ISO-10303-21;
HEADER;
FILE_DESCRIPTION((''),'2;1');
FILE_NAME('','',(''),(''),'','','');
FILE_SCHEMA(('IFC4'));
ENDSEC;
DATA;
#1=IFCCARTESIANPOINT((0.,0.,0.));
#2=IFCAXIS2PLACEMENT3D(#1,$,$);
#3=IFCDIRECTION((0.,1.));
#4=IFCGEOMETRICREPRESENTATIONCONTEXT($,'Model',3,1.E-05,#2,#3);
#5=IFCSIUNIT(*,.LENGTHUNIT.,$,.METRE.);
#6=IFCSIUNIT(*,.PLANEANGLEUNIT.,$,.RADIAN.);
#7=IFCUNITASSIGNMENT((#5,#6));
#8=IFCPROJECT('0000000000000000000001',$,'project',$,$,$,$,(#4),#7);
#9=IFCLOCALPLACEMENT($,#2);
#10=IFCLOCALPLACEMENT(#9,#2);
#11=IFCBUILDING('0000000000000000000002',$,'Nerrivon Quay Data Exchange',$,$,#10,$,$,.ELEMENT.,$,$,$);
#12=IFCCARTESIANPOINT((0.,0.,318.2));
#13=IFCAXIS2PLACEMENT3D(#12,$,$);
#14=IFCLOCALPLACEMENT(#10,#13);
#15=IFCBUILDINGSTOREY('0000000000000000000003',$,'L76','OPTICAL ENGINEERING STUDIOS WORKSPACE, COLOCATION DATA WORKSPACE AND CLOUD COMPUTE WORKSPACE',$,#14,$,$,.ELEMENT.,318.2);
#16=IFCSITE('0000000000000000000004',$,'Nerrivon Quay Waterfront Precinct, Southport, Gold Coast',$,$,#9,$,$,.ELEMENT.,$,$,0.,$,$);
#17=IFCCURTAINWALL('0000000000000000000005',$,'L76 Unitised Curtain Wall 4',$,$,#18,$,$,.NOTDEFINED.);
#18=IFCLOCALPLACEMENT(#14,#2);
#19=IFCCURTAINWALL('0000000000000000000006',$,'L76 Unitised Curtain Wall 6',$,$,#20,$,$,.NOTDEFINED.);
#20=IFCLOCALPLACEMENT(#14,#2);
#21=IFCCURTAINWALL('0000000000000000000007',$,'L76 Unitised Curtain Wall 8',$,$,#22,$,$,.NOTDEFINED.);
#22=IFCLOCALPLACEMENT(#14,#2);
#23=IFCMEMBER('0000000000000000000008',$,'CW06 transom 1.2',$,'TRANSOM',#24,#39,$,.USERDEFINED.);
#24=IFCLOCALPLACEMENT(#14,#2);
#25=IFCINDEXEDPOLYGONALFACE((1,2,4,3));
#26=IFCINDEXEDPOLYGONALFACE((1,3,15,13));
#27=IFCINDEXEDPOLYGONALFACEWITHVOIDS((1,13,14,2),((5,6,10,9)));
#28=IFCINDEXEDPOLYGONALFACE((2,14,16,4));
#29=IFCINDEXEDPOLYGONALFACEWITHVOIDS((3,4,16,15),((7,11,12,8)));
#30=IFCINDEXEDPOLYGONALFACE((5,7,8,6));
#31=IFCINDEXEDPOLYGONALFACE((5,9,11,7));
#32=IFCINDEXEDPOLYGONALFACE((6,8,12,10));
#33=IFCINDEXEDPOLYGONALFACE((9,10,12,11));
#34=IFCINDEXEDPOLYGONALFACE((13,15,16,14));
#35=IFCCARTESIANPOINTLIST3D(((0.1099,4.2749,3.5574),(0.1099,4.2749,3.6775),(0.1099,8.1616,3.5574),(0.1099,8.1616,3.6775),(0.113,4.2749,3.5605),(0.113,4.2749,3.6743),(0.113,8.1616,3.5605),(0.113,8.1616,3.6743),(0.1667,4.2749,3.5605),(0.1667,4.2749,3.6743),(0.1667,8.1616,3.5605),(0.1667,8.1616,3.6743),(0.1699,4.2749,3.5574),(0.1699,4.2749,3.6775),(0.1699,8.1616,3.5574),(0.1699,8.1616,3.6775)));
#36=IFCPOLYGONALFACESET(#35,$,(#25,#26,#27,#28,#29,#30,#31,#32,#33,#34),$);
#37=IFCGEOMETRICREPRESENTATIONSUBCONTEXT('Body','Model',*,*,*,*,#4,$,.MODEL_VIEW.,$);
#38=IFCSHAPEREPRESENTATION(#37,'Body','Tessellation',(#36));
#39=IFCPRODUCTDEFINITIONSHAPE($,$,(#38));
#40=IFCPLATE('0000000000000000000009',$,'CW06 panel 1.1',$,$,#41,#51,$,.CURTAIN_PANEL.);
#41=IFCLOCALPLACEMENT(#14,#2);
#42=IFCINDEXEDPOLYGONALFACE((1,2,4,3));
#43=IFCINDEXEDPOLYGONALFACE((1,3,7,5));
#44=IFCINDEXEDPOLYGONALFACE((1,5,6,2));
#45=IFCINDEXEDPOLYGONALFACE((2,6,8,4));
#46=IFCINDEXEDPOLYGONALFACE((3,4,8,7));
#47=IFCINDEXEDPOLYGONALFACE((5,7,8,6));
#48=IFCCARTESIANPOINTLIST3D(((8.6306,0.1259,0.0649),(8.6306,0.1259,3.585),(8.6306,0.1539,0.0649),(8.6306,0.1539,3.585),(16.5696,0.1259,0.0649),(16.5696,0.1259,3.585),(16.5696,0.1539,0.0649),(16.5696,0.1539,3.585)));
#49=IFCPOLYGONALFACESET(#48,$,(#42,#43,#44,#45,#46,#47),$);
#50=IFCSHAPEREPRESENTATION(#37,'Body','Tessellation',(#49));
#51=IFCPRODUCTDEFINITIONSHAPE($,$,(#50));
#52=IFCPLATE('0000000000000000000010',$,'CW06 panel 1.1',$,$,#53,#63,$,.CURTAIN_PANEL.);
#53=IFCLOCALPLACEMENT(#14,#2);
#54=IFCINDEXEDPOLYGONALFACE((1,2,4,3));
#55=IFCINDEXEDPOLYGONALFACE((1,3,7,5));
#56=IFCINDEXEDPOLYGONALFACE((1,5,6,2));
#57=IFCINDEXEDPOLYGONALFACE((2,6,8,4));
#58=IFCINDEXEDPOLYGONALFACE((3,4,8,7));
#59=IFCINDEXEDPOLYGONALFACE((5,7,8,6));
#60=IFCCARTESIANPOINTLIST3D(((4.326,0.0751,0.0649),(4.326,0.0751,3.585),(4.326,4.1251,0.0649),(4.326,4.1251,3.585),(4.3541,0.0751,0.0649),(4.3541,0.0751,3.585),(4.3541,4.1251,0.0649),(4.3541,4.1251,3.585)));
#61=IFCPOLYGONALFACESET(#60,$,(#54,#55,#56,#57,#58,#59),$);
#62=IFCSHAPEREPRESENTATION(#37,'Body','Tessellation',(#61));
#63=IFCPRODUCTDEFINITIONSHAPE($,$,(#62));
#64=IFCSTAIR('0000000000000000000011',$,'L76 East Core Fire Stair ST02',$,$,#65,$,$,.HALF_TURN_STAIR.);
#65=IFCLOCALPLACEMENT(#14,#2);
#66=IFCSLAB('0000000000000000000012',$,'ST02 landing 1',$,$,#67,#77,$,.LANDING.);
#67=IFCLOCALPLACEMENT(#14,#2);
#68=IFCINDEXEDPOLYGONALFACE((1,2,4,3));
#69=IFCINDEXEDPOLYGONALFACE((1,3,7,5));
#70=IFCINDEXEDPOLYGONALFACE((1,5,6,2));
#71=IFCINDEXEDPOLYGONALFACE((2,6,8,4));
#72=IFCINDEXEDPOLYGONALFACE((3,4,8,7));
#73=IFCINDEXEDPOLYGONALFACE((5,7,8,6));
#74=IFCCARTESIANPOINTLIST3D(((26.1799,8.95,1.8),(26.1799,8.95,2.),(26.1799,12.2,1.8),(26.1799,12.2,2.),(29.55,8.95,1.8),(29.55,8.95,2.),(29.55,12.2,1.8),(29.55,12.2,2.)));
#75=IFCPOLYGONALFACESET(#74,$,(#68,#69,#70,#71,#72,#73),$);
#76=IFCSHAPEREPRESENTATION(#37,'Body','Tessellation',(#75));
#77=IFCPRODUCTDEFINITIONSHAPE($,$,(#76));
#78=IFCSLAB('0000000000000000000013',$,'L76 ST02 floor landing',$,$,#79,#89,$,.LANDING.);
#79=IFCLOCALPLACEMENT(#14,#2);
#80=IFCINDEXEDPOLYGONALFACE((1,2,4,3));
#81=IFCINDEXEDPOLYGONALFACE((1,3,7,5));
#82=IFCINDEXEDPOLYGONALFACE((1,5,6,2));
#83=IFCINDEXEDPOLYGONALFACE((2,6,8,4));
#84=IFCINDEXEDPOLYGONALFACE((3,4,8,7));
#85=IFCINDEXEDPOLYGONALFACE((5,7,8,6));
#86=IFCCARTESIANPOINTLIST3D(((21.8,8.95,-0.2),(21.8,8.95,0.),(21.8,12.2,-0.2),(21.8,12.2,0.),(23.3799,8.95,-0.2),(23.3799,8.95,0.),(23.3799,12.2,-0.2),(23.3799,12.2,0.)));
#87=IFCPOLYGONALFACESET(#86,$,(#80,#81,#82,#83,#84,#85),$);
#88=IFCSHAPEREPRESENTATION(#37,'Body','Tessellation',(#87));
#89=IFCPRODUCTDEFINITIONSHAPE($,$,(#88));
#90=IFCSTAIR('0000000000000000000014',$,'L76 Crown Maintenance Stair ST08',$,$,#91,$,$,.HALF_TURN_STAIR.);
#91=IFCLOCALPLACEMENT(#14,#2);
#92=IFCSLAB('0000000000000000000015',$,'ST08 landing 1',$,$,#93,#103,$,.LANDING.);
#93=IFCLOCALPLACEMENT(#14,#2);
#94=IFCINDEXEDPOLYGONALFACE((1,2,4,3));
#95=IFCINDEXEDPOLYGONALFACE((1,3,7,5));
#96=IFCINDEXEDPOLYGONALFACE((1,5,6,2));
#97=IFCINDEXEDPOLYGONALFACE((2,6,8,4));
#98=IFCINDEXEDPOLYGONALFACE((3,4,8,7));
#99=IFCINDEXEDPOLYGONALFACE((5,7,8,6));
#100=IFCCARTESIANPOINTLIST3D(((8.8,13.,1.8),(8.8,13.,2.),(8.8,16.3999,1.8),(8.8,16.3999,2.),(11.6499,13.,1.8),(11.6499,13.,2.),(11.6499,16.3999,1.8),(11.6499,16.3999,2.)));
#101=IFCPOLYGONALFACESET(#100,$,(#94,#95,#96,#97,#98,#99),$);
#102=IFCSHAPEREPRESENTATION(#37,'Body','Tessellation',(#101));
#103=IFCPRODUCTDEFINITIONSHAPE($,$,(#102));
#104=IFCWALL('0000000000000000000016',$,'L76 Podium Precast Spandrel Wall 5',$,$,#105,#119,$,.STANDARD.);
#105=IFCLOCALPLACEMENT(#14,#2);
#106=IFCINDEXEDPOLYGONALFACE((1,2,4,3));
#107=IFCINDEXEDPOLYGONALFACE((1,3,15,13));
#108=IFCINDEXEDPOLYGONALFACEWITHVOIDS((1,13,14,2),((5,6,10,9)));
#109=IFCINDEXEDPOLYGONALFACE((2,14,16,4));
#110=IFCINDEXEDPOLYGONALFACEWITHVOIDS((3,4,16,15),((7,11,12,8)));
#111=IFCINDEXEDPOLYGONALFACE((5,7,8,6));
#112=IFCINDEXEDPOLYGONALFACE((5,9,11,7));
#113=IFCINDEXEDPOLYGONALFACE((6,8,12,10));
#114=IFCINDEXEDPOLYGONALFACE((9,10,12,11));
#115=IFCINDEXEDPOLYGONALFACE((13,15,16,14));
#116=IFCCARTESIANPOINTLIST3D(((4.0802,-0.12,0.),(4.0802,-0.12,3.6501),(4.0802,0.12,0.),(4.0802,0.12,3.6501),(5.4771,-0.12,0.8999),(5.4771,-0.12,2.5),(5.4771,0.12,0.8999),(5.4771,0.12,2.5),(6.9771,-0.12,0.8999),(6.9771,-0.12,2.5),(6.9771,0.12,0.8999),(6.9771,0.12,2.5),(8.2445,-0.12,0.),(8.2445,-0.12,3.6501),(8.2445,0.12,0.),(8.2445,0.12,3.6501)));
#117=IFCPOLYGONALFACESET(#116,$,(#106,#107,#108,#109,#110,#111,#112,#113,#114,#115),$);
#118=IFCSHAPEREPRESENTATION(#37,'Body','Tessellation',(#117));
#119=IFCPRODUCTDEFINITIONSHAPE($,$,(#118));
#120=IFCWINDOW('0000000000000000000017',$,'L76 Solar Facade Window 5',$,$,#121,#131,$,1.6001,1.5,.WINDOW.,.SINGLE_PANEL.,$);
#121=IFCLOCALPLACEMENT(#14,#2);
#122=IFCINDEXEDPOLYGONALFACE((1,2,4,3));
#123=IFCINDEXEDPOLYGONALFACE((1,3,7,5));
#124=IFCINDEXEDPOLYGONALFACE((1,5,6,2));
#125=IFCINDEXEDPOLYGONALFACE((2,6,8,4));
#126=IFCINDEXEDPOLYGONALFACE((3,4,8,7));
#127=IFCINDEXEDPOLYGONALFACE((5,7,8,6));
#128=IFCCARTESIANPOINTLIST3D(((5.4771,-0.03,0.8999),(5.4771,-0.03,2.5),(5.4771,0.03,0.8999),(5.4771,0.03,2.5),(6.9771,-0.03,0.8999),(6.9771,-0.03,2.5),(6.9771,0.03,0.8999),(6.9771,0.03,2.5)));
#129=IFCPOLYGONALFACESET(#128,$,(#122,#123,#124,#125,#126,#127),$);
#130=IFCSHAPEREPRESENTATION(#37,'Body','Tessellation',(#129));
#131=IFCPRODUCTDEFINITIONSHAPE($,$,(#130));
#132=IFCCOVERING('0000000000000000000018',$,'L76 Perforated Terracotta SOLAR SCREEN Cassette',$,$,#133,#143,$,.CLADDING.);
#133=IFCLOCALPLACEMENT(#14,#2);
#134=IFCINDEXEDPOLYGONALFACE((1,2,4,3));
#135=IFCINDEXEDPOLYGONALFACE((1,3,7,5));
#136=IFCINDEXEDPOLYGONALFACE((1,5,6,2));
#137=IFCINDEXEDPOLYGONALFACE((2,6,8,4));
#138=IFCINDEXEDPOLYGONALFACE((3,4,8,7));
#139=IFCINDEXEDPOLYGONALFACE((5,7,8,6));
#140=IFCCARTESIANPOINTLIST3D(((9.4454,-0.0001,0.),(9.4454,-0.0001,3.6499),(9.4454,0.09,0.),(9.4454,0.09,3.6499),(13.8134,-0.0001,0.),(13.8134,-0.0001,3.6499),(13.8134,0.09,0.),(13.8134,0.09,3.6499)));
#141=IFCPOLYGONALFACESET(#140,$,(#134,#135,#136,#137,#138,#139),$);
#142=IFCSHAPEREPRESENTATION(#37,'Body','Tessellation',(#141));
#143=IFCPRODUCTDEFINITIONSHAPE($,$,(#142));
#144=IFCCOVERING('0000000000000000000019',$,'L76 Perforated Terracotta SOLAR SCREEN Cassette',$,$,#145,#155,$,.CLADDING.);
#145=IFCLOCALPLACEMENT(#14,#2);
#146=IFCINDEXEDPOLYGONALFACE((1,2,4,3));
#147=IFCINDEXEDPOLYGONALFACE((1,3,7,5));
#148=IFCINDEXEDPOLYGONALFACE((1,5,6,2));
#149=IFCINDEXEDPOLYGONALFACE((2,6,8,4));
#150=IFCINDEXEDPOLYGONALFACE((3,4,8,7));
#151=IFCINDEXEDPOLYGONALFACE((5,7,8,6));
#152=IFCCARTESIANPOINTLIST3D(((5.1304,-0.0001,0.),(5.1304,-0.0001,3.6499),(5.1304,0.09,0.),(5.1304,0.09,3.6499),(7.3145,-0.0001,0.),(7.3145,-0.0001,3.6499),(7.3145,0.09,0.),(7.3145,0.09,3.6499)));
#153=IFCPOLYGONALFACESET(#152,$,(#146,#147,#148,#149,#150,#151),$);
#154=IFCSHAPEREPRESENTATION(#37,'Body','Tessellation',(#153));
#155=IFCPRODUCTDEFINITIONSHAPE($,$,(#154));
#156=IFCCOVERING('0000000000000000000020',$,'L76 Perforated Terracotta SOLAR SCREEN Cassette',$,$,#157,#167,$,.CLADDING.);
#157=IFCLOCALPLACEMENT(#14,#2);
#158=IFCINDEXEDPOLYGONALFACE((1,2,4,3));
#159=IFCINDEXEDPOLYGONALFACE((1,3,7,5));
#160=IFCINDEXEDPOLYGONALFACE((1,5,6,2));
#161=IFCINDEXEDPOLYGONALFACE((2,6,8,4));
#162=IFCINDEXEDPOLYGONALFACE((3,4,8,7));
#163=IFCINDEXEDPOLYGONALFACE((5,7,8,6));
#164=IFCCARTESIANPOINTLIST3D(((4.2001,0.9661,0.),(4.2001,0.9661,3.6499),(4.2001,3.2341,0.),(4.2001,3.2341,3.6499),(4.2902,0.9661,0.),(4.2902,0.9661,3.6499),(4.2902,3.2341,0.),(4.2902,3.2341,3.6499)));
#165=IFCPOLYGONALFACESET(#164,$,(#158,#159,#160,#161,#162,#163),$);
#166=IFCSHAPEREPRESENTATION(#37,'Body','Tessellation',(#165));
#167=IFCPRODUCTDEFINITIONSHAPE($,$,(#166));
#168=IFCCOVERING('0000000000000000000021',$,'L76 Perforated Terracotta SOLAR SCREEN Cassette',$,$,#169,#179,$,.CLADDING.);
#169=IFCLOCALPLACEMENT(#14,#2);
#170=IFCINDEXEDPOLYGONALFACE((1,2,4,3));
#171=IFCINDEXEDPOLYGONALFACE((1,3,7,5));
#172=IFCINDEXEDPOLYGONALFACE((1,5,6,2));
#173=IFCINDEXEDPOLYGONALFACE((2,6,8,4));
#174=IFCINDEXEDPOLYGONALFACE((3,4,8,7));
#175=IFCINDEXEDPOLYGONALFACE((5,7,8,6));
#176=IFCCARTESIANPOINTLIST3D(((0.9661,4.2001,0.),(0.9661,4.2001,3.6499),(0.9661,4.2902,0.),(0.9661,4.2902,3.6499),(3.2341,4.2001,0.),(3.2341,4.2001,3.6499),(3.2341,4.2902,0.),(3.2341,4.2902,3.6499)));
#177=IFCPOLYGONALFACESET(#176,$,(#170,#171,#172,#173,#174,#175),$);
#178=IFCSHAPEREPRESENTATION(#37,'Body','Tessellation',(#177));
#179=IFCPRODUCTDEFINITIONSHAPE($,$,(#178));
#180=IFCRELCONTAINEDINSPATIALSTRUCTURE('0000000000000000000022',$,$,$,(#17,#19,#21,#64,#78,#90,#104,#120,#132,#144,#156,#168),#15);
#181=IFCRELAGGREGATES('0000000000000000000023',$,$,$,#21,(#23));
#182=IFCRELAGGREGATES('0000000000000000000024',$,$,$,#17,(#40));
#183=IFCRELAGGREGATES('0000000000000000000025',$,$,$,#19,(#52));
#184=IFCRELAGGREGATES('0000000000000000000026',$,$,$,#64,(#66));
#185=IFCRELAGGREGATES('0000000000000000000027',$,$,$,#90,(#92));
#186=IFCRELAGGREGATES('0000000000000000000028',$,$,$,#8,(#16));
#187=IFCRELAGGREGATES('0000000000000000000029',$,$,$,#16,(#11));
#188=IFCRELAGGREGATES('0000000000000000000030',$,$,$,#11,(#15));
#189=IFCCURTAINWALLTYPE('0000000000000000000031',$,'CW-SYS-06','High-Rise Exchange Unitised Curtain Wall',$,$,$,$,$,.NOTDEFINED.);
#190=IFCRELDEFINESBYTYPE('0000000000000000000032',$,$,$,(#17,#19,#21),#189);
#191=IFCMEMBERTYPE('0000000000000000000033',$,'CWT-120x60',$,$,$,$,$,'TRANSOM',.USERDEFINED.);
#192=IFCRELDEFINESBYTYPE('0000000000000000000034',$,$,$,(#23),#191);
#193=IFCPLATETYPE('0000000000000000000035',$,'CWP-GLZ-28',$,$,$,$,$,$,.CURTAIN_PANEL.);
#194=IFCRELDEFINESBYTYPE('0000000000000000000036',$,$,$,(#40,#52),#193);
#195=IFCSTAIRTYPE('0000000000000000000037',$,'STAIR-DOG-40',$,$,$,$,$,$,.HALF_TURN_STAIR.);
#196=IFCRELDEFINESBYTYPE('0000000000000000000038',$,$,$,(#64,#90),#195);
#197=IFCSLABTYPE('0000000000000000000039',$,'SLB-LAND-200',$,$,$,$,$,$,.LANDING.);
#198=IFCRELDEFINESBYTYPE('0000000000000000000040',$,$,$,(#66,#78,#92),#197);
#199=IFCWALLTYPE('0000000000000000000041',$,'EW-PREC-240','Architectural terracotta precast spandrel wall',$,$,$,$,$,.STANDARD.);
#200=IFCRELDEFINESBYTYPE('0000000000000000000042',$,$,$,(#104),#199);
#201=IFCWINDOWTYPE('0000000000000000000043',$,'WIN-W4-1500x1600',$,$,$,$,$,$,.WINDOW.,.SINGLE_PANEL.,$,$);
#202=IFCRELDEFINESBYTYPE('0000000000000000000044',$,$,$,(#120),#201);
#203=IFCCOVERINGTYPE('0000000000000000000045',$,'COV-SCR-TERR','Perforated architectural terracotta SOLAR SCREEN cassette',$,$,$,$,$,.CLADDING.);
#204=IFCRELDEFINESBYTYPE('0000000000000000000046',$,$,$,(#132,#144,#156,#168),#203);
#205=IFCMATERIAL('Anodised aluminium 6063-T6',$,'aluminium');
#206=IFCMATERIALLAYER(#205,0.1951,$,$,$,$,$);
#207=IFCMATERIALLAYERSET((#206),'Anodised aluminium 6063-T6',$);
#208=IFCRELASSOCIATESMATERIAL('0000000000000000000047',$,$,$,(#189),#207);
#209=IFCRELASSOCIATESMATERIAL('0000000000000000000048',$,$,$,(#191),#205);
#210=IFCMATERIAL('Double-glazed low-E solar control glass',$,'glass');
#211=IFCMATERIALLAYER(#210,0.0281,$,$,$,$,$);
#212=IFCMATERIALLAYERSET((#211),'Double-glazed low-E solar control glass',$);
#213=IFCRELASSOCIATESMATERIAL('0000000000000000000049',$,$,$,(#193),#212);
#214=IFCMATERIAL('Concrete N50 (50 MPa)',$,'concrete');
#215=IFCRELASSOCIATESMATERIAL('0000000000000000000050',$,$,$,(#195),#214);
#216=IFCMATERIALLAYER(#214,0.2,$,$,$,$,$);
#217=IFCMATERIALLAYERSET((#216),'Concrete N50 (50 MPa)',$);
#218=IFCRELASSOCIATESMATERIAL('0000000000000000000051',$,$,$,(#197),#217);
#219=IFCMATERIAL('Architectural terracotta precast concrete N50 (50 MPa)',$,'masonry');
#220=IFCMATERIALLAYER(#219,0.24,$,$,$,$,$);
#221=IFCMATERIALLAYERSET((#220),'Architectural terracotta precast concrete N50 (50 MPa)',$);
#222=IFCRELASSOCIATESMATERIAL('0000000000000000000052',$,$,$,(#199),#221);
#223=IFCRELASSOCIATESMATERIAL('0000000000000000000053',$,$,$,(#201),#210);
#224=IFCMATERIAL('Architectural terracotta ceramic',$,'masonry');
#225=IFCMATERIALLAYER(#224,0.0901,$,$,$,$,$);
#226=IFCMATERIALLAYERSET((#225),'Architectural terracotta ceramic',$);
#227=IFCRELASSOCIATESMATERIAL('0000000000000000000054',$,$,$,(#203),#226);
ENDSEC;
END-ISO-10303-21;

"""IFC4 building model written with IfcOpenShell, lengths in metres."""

from ifc_helpers import new_model, si_unit, direction, frame, frame_2d, origin, origin_2d, place, context, subcontext, project, spatial, polyline, rectangle, hollow_rectangle, outline, extrude, material, layer, layer_set, material_profile, profile_set, type_object, element, fill, aggregate, save


model = new_model("IFC4")

# Units and contexts
model_context = context("Model", 3, precision=1e-05, world=origin(), true_north=direction((0.0, 1.0)))
body_context = subcontext(model_context, "Body", "Model", "MODEL_VIEW")
ifc_project = project(units=[si_unit("LENGTHUNIT", "METRE"), si_unit("PLANEANGLEUNIT", "RADIAN")], contexts=[model_context])

# Site, building, storey
site_placement = place(None, origin())
site = spatial("IfcSite", under=ifc_project, at=site_placement, Name="Nerrivon Quay Waterfront Precinct, Southport, Gold Coast", CompositionType="ELEMENT", RefElevation=0.0)
building_placement = place(site_placement, origin())
building = spatial("IfcBuilding", under=site, at=building_placement, Name="Nerrivon Quay Data Exchange", CompositionType="ELEMENT")
storey_placement = place(building_placement, frame((0.0, 0.0, 318.2)))
storey = spatial("IfcBuildingStorey", under=building, at=storey_placement, Name="L76", Description="OPTICAL ENGINEERING STUDIOS WORKSPACE, COLOCATION DATA WORKSPACE AND CLOUD COMPUTE WORKSPACE", CompositionType="ELEMENT", Elevation=318.2)

# Curtain wall
ifc_material_1 = material(Name="Anodised aluminium 6063-T6", Category="aluminium")
ifc_layer_1 = layer(ifc_material_1, 0.1951)
ifc_layer_set_1 = layer_set([ifc_layer_1], Name="Anodised aluminium 6063-T6")
curtain_wall_type = type_object("IfcCurtainWallType", Name="CW-SYS-06", Description="High-Rise Exchange Unitised Curtain Wall", PredefinedType="NOTDEFINED", material=ifc_layer_set_1)
curtain_wall_1_placement = place(storey_placement, origin())
curtain_wall_1 = element("IfcCurtainWall", 1, at=curtain_wall_1_placement, inside=storey, type_object=curtain_wall_type, Name="L76 Unitised Curtain Wall 4", PredefinedType="NOTDEFINED")

# Curtain wall
curtain_wall_2_placement = place(storey_placement, origin())
curtain_wall_2 = element("IfcCurtainWall", 2, at=curtain_wall_2_placement, inside=storey, type_object=curtain_wall_type, Name="L76 Unitised Curtain Wall 6", PredefinedType="NOTDEFINED")

# Curtain wall
curtain_wall_3_placement = place(storey_placement, origin())
curtain_wall_3 = element("IfcCurtainWall", 3, at=curtain_wall_3_placement, inside=storey, type_object=curtain_wall_type, Name="L76 Unitised Curtain Wall 8", PredefinedType="NOTDEFINED")

# Member
ifc_material_profile_1 = material_profile(ifc_material_1, hollow_rectangle(XDim=0.0601, YDim=0.1201, WallThickness=0.0032, at=origin_2d()), Name="ALU-TRAN-120x60")
ifc_profile_set_1 = profile_set([ifc_material_profile_1], Name="Anodised aluminium 6063-T6")
member_type_1 = type_object("IfcMemberType", Name="CWT-120x60", ElementType="TRANSOM", PredefinedType="USERDEFINED", material=ifc_profile_set_1)
member_1_placement = place(storey_placement, frame((0.1399, 4.2749, 3.6174), z_axis=(0.0, 1.0, 0.0), x_axis=(-1.0, 0.0, 0.0)))
member_1 = element("IfcMember", 4, at=member_1_placement, type_object=member_type_1, Name="CW06 transom 1.2", ObjectType="TRANSOM", PredefinedType="USERDEFINED", context=body_context, shape_type="SweptSolid", body=[
    extrude(hollow_rectangle(XDim=0.0601, YDim=0.1201, WallThickness=0.0032, at=origin_2d()), origin(), (0.0, 0.0, 1.0), 3.8867),
])
aggregate(curtain_wall_3, [member_1])

# Plates
ifc_material_2 = material(Name="Double-glazed low-E solar control glass", Category="glass")
ifc_layer_2 = layer(ifc_material_2, 0.0281)
ifc_layer_set_2 = layer_set([ifc_layer_2], Name="Double-glazed low-E solar control glass")
plate_type = type_object("IfcPlateType", Name="CWP-GLZ-28", PredefinedType="CURTAIN_PANEL", material=ifc_layer_set_2)
plate_1_placement = place(storey_placement, frame((12.6001, 0.1399, 0.0649), z_axis=(0.0, 0.0, 1.0), x_axis=(-1.0, 0.0, 0.0)))
plate_1 = element("IfcPlate", 5, at=plate_1_placement, type_object=plate_type, Name="CW06 panel 1.1", PredefinedType="CURTAIN_PANEL", context=body_context, shape_type="SweptSolid", body=[
    extrude(rectangle(XDim=7.939, YDim=0.0281, at=origin_2d()), origin(), (0.0, 0.0, 1.0), 3.52),
])
aggregate(curtain_wall_1, [plate_1])
plate_2_placement = place(storey_placement, frame((4.3401, 2.1001, 0.0649), z_axis=(0.0, 0.0, 1.0), x_axis=(0.0, 1.0, 0.0)))
plate_2 = element("IfcPlate", 6, at=plate_2_placement, type_object=plate_type, Name="CW06 panel 1.1", PredefinedType="CURTAIN_PANEL", context=body_context, shape_type="SweptSolid", body=[
    extrude(rectangle(XDim=4.05, YDim=0.0281, at=origin_2d()), origin(), (0.0, 0.0, 1.0), 3.52),
])
aggregate(curtain_wall_2, [plate_2])

# Stair, slab
ifc_material_3 = material(Name="Concrete N50 (50 MPa)", Category="concrete")
stair_type = type_object("IfcStairType", Name="STAIR-DOG-40", PredefinedType="HALF_TURN_STAIR", material=ifc_material_3)
stair_1_placement = place(storey_placement, origin())
stair_1 = element("IfcStair", 7, at=stair_1_placement, inside=storey, type_object=stair_type, Name="L76 East Core Fire Stair ST02", PredefinedType="HALF_TURN_STAIR")
ifc_layer_3 = layer(ifc_material_3, 0.2)
ifc_layer_set_3 = layer_set([ifc_layer_3], Name="Concrete N50 (50 MPa)")
slab_type = type_object("IfcSlabType", Name="SLB-LAND-200", PredefinedType="LANDING", material=ifc_layer_set_3)
slab_1_placement = place(storey_placement, frame((0.0, 0.0, 1.8)))
slab_1 = element("IfcSlab", 8, at=slab_1_placement, type_object=slab_type, Name="ST02 landing 1", PredefinedType="LANDING", context=body_context, shape_type="SweptSolid", body=[
    extrude(outline(polyline([(26.1799, 8.95), (29.55, 8.95), (29.55, 12.2), (26.1799, 12.2), (26.1799, 8.95)])), origin(), (0.0, 0.0, 1.0), 0.2),
])
aggregate(stair_1, [slab_1])

# Slab
slab_2_placement = place(storey_placement, frame((0.0, 0.0, -0.2)))
element("IfcSlab", 9, at=slab_2_placement, inside=storey, type_object=slab_type, Name="L76 ST02 floor landing", PredefinedType="LANDING", context=body_context, shape_type="SweptSolid", body=[
    extrude(outline(polyline([(21.8, 8.95), (23.3799, 8.95), (23.3799, 12.2), (21.8, 12.2), (21.8, 8.95)])), origin(), (0.0, 0.0, 1.0), 0.2),
])

# Stair, slab
stair_2_placement = place(storey_placement, origin())
stair_2 = element("IfcStair", 10, at=stair_2_placement, inside=storey, type_object=stair_type, Name="L76 Crown Maintenance Stair ST08", PredefinedType="HALF_TURN_STAIR")
slab_3_placement = place(storey_placement, frame((0.0, 0.0, 1.8)))
slab_3 = element("IfcSlab", 11, at=slab_3_placement, type_object=slab_type, Name="ST08 landing 1", PredefinedType="LANDING", context=body_context, shape_type="SweptSolid", body=[
    extrude(outline(polyline([(11.6499, 13.0), (11.6499, 16.3999), (8.8, 16.3999), (8.8, 13.0), (11.6499, 13.0)])), origin(), (0.0, 0.0, 1.0), 0.2),
])
aggregate(stair_2, [slab_3])

# Wall, opening, window
ifc_material_4 = material(Name="Architectural terracotta precast concrete N50 (50 MPa)", Category="masonry")
ifc_layer_4 = layer(ifc_material_4, 0.24)
ifc_layer_set_4 = layer_set([ifc_layer_4], Name="Architectural terracotta precast concrete N50 (50 MPa)")
wall_type = type_object("IfcWallType", Name="EW-PREC-240", Description="Architectural terracotta precast spandrel wall", PredefinedType="STANDARD", material=ifc_layer_set_4)
wall_placement = place(storey_placement, frame((8.2444, 0.0, 0.0), z_axis=(0.0, 0.0, 1.0), x_axis=(-1.0, 0.0, 0.0)))
wall = element("IfcWall", 12, at=wall_placement, inside=storey, type_object=wall_type, Name="L76 Podium Precast Spandrel Wall 5", PredefinedType="STANDARD", context=body_context, shape_type="SweptSolid", body=[
    extrude(rectangle(XDim=4.1643, YDim=0.24, at=frame_2d((2.082, 0.0))), origin(), (0.0, 0.0, 1.0), 3.6501),
])
opening_placement = place(wall_placement, frame((1.2673, 0.0, 0.8999)))
opening = element("IfcOpeningElement", 13, at=opening_placement, cuts=wall, PredefinedType="OPENING", context=body_context, shape_type="SweptSolid", body=[
    extrude(rectangle(XDim=1.5, YDim=1.6001, at=frame_2d((0.75, 0.8))), frame((0.0, 0.1299, 0.0), z_axis=(0.0, -1.0, 0.0), x_axis=(1.0, 0.0, 0.0)), (0.0, 0.0, 1.0), 0.26),
])
window_type = type_object("IfcWindowType", Name="WIN-W4-1500x1600", PartitioningType="SINGLE_PANEL", PredefinedType="WINDOW", material=ifc_material_2)
window_placement = place(opening_placement, origin())
window = element("IfcWindow", 14, at=window_placement, inside=storey, type_object=window_type, Name="L76 Solar Facade Window 5", OverallHeight=1.6001, OverallWidth=1.5, PartitioningType="SINGLE_PANEL", PredefinedType="WINDOW", context=body_context, shape_type="SweptSolid", body=[
    extrude(rectangle(XDim=1.5, YDim=1.6001, at=frame_2d((0.75, 0.8))), frame((0.0, 0.03, 0.0), z_axis=(0.0, -1.0, 0.0), x_axis=(1.0, 0.0, 0.0)), (0.0, 0.0, 1.0), 0.0601),
])
fill(opening, window)

# Coverings
ifc_material_5 = material(Name="Architectural terracotta ceramic", Category="masonry")
ifc_layer_5 = layer(ifc_material_5, 0.0901)
ifc_layer_set_5 = layer_set([ifc_layer_5], Name="Architectural terracotta ceramic")
covering_type = type_object("IfcCoveringType", Name="COV-SCR-TERR", Description="Perforated architectural terracotta SOLAR SCREEN cassette", PredefinedType="CLADDING", material=ifc_layer_set_5)
covering_1_placement = place(storey_placement, frame((11.6294, 0.0449, 0.0), z_axis=(0.0, 0.0, 1.0), x_axis=(-1.0, 0.0, 0.0)))
element("IfcCovering", 15, at=covering_1_placement, inside=storey, type_object=covering_type, Name="L76 Perforated Terracotta SOLAR SCREEN Cassette", PredefinedType="CLADDING", context=body_context, shape_type="SweptSolid", body=[
    extrude(rectangle(XDim=4.3679, YDim=0.0901, at=origin_2d()), origin(), (0.0, 0.0, 1.0), 3.6499),
])
covering_2_placement = place(storey_placement, frame((6.2224, 0.0449, 0.0), z_axis=(0.0, 0.0, 1.0), x_axis=(-1.0, 0.0, 0.0)))
element("IfcCovering", 16, at=covering_2_placement, inside=storey, type_object=covering_type, Name="L76 Perforated Terracotta SOLAR SCREEN Cassette", PredefinedType="CLADDING", context=body_context, shape_type="SweptSolid", body=[
    extrude(rectangle(XDim=2.1841, YDim=0.0901, at=origin_2d()), origin(), (0.0, 0.0, 1.0), 3.6499),
])
for number, where, z_axis, x_axis, name in (
    (17, (4.2451, 2.1001, 0.0), (0.0, 0.0, 1.0), (0.0, 1.0, 0.0), "L76 Perforated Terracotta SOLAR SCREEN Cassette"),
    (18, (2.1001, 4.2451, 0.0), (0.0, 0.0, 1.0), (-1.0, 0.0, 0.0), "L76 Perforated Terracotta SOLAR SCREEN Cassette"),
):
    element("IfcCovering", number, at=place(storey_placement, frame(where, z_axis=z_axis, x_axis=x_axis)), inside=storey, type_object=covering_type, Name=name, PredefinedType="CLADDING", context=body_context, shape_type="SweptSolid", body=[
        extrude(rectangle(XDim=2.2681, YDim=0.0901, at=origin_2d()), origin(), (0.0, 0.0, 1.0), 3.6499),
    ])

save(model, "model.ifc")
